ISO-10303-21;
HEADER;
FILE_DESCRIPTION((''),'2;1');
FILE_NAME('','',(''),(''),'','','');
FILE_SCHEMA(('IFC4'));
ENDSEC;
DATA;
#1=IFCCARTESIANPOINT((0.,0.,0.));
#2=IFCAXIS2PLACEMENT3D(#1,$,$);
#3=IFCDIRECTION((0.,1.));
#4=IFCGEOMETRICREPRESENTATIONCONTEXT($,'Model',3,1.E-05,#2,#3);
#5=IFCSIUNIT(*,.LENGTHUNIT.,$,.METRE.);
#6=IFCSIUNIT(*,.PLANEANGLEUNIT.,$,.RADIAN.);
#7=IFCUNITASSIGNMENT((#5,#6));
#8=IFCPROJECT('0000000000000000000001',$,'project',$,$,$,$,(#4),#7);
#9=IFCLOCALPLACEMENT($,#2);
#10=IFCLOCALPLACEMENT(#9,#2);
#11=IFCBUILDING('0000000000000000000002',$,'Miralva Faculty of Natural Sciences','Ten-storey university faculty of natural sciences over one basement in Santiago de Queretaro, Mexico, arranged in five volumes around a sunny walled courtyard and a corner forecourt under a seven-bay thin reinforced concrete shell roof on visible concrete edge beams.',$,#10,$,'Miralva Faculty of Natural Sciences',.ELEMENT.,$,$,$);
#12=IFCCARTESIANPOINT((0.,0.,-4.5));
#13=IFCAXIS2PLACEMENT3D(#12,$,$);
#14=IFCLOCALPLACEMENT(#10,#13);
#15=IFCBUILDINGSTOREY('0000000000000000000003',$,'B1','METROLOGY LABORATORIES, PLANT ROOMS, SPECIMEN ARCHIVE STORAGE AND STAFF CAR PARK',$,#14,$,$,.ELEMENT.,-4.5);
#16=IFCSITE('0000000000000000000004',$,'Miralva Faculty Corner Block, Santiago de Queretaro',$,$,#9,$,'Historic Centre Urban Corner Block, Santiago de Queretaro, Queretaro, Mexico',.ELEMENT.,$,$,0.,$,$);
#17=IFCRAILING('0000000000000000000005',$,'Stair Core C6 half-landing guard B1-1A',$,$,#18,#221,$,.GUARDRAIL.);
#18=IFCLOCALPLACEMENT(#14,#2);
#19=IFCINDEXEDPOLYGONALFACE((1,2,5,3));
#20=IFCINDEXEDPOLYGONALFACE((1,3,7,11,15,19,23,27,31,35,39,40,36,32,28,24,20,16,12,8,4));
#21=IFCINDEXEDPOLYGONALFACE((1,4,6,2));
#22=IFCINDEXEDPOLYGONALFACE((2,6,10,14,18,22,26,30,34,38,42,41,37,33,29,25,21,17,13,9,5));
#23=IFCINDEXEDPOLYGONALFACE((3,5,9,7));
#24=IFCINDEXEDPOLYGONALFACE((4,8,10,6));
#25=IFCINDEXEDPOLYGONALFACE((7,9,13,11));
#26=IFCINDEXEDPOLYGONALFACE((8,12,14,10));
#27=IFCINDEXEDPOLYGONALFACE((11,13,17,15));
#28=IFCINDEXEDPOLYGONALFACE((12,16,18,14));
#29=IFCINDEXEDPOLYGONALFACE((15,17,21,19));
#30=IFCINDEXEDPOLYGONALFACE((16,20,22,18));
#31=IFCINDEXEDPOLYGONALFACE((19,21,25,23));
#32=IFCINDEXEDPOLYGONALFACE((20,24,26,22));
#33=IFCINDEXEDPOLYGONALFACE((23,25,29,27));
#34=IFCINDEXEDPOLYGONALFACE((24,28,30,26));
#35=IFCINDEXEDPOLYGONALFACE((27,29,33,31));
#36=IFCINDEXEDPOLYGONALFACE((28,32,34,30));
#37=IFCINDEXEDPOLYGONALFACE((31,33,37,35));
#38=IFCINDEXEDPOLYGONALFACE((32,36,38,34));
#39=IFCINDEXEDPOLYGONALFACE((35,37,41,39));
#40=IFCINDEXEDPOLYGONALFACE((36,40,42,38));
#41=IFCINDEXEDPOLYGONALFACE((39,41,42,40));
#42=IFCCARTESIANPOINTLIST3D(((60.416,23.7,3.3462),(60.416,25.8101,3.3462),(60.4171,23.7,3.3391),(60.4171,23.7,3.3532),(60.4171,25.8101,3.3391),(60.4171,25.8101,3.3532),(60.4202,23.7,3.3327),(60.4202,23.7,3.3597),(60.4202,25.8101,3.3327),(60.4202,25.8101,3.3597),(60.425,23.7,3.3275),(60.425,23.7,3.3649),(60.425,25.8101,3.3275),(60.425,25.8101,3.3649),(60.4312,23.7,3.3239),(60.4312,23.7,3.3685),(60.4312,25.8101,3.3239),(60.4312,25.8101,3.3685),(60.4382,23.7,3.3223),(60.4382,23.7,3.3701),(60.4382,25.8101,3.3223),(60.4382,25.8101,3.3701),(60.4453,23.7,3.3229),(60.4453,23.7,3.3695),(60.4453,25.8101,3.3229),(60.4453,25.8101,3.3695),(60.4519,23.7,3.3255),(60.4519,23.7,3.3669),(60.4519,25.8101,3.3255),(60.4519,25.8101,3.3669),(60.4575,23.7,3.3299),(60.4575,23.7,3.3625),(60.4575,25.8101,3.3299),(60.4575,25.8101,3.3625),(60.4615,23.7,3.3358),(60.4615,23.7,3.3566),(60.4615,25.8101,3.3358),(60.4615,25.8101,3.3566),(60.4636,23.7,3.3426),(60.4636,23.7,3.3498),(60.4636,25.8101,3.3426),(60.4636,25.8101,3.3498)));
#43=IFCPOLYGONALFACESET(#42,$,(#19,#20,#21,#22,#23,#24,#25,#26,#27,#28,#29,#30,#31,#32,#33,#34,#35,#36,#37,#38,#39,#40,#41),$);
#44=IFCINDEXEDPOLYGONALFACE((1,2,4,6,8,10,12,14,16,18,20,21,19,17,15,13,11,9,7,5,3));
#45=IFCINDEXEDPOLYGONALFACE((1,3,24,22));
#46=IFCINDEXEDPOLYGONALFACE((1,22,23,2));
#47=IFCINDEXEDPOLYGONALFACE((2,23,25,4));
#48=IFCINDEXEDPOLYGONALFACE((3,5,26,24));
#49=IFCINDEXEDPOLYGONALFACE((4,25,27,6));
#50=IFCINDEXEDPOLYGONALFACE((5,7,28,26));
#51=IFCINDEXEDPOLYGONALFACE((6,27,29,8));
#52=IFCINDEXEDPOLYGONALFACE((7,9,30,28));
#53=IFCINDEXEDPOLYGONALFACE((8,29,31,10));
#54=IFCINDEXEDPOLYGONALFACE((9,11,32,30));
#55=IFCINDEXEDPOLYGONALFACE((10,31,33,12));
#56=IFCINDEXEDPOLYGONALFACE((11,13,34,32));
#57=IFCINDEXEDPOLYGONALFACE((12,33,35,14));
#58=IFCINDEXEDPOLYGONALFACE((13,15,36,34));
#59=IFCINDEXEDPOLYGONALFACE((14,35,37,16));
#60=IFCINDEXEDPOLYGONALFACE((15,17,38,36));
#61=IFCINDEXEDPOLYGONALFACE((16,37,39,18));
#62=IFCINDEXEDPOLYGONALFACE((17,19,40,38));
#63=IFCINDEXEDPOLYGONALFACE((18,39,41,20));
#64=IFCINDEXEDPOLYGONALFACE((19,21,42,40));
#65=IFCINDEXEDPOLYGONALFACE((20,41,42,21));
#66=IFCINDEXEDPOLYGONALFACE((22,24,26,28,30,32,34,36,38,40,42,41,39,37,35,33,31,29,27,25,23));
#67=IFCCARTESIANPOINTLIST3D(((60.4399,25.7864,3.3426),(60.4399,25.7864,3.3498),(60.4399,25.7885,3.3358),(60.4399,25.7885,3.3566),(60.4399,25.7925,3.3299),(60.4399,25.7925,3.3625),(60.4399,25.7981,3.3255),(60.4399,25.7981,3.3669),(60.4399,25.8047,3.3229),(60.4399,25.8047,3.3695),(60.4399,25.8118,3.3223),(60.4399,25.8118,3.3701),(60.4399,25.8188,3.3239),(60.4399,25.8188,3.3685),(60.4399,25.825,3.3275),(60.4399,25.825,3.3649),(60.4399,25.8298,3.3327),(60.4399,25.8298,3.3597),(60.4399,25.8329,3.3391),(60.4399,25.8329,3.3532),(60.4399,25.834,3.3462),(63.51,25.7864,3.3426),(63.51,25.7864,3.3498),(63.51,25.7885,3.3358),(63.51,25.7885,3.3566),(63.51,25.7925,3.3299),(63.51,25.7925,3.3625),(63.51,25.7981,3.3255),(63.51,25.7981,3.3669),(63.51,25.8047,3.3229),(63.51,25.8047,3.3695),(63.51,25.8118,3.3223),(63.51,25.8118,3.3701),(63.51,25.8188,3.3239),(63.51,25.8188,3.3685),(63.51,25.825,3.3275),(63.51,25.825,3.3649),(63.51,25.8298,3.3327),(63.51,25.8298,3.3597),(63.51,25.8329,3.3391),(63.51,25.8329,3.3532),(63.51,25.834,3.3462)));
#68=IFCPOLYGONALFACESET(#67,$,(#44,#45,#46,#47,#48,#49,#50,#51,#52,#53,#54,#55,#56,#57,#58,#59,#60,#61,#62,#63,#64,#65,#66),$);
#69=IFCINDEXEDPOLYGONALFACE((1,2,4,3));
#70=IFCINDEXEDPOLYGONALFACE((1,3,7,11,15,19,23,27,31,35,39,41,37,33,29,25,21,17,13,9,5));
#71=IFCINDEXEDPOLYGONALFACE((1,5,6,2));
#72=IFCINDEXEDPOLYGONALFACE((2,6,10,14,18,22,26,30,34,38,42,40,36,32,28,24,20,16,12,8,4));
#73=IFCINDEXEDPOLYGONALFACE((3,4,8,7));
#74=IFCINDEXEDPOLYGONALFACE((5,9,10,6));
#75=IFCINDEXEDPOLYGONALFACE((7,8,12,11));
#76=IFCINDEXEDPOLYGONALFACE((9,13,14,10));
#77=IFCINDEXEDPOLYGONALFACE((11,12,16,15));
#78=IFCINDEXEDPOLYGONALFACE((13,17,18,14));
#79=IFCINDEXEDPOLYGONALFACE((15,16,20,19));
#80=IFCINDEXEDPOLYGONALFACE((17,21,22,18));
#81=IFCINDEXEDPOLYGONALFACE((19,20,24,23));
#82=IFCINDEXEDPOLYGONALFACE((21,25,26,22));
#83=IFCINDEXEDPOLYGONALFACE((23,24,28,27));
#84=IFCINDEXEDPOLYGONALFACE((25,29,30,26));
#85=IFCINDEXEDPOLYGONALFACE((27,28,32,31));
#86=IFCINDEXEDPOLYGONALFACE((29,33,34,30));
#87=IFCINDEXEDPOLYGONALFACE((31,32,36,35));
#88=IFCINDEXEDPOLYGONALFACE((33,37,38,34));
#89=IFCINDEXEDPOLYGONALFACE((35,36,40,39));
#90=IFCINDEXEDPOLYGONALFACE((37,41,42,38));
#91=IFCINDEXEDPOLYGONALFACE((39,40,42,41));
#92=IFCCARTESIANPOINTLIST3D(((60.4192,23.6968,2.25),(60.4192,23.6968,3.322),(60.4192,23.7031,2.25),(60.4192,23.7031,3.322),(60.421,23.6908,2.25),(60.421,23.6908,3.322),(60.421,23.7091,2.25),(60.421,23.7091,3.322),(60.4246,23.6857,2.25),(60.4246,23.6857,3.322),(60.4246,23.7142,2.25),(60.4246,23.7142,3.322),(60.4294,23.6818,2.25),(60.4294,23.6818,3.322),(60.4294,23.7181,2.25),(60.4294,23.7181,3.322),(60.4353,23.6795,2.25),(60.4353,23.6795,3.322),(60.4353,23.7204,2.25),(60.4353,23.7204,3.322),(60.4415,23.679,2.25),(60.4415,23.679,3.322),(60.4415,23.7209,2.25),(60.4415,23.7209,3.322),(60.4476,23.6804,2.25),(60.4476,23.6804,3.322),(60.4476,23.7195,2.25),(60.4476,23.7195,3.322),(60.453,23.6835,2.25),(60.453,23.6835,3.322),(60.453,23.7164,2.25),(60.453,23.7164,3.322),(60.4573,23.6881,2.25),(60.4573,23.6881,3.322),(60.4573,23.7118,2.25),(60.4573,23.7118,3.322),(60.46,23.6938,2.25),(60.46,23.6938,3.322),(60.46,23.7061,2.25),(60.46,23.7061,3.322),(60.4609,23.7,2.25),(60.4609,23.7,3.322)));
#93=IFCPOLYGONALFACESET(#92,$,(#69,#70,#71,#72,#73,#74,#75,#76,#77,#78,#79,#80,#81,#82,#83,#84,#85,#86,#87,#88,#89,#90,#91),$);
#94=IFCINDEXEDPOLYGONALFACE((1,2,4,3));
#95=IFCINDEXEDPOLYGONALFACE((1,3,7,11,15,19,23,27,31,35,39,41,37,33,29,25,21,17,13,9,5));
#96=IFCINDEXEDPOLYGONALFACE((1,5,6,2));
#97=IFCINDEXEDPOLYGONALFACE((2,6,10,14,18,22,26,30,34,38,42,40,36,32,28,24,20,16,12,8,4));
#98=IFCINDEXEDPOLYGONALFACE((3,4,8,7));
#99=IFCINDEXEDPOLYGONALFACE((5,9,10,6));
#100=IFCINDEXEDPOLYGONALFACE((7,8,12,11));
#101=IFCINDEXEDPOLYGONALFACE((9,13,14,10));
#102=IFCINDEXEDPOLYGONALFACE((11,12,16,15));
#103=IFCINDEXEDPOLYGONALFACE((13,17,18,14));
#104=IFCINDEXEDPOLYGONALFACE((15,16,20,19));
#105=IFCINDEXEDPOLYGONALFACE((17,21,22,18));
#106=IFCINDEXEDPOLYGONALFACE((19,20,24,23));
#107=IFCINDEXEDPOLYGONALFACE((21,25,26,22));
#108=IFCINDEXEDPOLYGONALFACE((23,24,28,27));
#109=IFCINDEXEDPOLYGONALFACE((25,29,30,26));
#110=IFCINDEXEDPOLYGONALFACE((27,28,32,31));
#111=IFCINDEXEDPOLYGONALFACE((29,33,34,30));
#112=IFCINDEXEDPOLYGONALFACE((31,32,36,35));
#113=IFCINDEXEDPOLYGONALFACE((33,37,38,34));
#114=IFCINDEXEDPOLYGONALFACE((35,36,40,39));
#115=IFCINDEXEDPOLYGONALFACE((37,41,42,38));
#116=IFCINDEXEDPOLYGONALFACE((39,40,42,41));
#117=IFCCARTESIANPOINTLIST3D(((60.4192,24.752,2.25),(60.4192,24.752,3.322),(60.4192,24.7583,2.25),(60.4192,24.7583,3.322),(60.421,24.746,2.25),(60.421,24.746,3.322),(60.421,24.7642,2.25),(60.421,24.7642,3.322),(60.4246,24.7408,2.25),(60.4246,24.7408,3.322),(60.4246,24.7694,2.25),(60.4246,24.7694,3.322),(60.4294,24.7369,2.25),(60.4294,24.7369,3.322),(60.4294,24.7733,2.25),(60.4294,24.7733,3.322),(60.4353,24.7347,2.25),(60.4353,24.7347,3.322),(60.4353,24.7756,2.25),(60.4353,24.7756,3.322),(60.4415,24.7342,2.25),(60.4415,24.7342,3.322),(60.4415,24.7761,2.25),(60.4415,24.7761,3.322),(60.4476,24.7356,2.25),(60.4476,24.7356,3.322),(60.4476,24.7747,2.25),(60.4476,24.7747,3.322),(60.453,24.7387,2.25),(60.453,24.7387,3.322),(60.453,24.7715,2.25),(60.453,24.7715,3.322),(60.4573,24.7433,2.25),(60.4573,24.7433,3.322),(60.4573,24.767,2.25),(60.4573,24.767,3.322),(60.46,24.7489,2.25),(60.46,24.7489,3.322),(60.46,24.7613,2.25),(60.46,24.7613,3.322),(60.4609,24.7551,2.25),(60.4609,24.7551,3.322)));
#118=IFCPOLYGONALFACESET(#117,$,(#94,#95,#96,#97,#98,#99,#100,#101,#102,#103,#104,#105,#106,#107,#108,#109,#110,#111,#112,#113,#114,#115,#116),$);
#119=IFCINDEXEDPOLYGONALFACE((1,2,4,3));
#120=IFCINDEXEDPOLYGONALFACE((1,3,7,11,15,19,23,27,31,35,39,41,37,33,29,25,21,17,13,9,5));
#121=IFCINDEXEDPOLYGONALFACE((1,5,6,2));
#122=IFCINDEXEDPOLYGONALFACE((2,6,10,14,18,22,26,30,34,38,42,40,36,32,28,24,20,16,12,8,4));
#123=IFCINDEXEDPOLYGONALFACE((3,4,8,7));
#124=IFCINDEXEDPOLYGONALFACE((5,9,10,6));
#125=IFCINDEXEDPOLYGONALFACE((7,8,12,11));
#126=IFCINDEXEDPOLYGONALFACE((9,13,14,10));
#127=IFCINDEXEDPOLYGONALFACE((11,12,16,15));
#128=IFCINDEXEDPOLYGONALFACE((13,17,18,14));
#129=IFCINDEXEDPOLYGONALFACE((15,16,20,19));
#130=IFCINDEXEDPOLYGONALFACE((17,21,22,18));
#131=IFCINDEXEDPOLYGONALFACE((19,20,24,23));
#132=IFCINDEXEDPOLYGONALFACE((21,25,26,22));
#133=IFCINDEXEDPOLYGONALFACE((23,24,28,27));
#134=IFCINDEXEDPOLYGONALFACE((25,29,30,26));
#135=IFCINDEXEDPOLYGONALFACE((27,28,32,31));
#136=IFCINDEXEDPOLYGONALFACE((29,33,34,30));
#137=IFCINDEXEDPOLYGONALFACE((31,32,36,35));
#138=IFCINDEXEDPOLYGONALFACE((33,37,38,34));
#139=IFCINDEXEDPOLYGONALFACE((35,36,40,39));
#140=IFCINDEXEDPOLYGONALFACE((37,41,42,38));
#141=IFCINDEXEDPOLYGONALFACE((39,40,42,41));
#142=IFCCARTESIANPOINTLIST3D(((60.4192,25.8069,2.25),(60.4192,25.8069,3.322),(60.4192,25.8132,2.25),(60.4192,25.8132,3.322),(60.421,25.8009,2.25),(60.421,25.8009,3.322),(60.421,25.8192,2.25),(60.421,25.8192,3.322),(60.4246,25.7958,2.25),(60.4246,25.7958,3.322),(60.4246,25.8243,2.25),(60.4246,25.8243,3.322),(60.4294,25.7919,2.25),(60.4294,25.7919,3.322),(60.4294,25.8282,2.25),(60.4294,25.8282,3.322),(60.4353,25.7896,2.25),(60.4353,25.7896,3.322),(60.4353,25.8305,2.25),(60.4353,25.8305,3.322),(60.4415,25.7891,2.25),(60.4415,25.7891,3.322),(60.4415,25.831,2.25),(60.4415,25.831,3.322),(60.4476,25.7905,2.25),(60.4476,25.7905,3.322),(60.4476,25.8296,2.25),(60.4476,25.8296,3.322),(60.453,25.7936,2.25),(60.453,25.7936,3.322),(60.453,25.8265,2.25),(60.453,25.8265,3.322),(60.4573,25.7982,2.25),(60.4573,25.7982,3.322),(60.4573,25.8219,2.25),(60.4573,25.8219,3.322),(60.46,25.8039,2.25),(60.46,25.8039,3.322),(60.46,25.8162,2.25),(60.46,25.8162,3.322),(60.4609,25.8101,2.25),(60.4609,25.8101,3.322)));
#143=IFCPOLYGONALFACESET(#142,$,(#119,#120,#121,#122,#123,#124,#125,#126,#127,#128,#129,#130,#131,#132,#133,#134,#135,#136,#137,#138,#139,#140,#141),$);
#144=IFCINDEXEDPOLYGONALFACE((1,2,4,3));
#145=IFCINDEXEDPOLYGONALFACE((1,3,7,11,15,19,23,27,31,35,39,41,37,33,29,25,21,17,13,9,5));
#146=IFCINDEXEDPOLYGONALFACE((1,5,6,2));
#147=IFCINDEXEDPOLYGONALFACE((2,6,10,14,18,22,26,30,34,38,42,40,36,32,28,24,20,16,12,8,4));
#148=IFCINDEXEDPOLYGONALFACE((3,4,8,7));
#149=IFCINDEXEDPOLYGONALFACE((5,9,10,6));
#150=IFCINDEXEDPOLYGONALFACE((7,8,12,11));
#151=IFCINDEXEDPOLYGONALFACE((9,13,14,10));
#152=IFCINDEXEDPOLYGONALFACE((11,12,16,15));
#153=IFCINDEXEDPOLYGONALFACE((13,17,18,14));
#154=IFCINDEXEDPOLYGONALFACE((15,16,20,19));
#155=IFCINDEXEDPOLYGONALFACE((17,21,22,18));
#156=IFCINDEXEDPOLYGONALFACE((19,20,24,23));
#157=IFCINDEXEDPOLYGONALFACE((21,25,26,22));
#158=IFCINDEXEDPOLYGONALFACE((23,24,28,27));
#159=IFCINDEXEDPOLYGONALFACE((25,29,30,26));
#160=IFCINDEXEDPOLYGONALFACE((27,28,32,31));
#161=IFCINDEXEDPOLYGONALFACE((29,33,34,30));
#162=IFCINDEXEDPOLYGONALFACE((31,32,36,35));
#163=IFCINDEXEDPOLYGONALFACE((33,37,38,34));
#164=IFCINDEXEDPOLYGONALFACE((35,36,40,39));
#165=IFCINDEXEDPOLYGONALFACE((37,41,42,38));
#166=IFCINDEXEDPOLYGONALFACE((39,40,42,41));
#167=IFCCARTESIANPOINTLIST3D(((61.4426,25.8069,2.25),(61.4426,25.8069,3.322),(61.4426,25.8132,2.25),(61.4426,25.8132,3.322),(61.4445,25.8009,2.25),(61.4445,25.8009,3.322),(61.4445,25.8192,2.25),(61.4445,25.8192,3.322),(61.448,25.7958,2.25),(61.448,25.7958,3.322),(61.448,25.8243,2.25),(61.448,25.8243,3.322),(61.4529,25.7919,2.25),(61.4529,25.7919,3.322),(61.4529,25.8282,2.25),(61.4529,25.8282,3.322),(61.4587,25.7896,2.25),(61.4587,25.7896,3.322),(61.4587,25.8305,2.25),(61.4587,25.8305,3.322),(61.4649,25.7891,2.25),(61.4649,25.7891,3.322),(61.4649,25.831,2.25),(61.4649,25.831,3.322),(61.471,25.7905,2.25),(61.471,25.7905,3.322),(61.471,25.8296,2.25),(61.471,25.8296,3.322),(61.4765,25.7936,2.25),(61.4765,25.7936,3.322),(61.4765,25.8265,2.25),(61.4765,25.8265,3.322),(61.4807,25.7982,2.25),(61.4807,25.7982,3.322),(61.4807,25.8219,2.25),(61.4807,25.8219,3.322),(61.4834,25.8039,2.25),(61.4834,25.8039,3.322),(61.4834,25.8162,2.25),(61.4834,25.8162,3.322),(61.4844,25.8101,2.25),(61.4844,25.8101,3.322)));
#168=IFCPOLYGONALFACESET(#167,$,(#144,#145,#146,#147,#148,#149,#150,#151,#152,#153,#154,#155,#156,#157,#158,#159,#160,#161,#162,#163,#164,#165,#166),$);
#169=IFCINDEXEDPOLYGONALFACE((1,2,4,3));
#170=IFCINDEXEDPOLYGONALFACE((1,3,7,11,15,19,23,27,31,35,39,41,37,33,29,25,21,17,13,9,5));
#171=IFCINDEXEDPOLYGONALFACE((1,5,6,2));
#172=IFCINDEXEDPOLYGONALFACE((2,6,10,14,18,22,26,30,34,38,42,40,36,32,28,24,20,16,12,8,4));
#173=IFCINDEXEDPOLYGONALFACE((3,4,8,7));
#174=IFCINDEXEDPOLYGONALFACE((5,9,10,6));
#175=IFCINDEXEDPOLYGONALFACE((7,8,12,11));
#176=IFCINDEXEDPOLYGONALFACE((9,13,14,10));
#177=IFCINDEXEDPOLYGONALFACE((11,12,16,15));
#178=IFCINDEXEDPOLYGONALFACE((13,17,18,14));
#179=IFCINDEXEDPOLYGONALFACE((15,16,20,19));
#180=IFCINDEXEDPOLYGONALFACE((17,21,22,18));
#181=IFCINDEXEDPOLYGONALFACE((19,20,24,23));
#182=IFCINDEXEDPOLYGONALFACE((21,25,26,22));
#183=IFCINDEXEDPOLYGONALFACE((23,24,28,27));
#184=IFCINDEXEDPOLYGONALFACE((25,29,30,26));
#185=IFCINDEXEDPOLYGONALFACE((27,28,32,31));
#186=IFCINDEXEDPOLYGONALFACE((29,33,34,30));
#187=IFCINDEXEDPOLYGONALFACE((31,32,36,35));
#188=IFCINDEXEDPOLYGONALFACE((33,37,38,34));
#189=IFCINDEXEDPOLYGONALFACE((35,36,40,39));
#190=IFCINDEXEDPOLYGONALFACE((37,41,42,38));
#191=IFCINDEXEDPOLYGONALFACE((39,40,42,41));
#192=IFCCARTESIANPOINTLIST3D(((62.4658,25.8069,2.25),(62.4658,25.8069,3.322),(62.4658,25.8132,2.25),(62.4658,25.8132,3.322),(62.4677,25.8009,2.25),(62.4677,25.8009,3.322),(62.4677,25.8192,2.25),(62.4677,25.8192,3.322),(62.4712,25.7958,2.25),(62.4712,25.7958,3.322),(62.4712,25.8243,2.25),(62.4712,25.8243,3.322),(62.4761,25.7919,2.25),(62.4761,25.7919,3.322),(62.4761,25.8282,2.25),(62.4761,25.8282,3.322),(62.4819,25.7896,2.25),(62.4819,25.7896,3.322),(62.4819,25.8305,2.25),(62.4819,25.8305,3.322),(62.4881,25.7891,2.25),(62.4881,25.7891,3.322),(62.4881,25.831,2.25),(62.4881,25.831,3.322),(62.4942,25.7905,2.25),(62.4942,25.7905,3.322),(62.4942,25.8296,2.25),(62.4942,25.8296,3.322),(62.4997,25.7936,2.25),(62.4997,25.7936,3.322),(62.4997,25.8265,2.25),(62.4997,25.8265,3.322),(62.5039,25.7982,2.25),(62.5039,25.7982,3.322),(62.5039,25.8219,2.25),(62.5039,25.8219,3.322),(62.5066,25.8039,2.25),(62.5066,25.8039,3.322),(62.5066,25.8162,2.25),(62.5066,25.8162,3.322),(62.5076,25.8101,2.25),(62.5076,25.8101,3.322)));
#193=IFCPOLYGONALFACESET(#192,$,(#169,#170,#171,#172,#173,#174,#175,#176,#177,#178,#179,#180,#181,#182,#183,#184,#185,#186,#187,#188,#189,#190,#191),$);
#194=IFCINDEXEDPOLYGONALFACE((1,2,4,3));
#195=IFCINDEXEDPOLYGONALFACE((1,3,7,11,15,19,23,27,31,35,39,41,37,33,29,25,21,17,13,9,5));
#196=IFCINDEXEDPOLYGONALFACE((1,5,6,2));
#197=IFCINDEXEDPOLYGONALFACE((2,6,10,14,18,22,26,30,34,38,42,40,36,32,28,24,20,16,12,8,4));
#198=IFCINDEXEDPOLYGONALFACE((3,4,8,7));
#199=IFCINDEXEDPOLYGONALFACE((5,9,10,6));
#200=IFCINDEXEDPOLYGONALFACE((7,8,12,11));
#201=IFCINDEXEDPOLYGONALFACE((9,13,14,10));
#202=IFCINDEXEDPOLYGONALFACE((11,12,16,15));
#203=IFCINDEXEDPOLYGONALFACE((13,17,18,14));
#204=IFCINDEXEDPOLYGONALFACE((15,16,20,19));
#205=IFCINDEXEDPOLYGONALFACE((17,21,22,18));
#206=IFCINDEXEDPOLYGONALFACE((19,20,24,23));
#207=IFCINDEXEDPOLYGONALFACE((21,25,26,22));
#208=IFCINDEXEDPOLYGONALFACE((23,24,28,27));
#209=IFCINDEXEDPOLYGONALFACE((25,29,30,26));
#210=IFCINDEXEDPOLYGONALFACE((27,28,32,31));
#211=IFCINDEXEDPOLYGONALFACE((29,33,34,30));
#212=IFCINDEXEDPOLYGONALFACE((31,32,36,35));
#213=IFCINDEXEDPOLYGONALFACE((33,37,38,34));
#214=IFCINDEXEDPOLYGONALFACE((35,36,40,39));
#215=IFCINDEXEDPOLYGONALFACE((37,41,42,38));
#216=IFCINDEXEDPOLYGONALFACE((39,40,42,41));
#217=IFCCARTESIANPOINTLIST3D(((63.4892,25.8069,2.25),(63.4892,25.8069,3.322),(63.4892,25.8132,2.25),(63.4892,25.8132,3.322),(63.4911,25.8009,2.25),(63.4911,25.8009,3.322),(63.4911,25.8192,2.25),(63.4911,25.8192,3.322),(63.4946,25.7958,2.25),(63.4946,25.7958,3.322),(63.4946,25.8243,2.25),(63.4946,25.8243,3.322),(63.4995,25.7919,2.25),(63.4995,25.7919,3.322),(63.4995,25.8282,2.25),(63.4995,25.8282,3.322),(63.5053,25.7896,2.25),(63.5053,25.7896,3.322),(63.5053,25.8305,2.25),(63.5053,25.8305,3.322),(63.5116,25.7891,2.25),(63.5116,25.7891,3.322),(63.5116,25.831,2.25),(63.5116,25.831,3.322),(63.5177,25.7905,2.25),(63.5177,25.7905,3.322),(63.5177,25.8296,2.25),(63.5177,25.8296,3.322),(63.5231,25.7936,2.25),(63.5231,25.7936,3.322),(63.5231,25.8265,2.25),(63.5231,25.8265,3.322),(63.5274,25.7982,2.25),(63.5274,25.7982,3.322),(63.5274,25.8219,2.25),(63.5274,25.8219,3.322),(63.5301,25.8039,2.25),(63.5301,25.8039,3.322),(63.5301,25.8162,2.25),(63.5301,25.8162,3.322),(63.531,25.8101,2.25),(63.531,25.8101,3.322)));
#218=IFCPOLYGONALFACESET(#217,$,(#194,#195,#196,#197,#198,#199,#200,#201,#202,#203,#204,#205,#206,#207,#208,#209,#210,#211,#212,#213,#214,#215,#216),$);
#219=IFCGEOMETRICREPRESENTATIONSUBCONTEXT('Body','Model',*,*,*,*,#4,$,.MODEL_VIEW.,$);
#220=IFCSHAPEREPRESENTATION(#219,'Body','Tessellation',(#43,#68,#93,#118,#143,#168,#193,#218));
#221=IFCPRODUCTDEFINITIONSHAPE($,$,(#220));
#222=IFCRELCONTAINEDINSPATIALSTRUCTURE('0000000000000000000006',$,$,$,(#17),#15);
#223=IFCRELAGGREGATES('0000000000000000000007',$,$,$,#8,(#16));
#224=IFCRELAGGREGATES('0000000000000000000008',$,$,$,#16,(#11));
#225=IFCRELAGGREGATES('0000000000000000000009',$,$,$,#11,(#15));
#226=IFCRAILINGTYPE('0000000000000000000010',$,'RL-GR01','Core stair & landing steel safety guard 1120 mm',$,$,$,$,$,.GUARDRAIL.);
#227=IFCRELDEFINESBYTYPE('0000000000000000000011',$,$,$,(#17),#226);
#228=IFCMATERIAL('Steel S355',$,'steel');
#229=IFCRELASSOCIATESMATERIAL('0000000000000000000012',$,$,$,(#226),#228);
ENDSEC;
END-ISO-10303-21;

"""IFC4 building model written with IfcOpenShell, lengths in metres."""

from ifc_helpers import new_model, si_unit, direction, frame, origin, origin_2d, place, context, subcontext, project, spatial, circle, extrude, material, type_object, element, save


model = new_model("IFC4")

# Units and contexts
model_context = context("Model", 3, precision=1e-05, world=origin(), true_north=direction((0.0, 1.0)))
body_context = subcontext(model_context, "Body", "Model", "MODEL_VIEW")
ifc_project = project(units=[si_unit("LENGTHUNIT", "METRE"), si_unit("PLANEANGLEUNIT", "RADIAN")], contexts=[model_context])

# Site, building, storey
site_placement = place(None, origin())
site = spatial("IfcSite", under=ifc_project, at=site_placement, Name="Miralva Faculty Corner Block, Santiago de Queretaro", LongName="Historic Centre Urban Corner Block, Santiago de Queretaro, Queretaro, Mexico", CompositionType="ELEMENT", RefElevation=0.0)
building_placement = place(site_placement, origin())
building = spatial("IfcBuilding", under=site, at=building_placement, Name="Miralva Faculty of Natural Sciences", Description="Ten-storey university faculty of natural sciences over one basement in Santiago de Queretaro, Mexico, arranged in five volumes around a sunny walled courtyard and a corner forecourt under a seven-bay thin reinforced concrete shell roof on visible concrete edge beams.", LongName="Miralva Faculty of Natural Sciences", CompositionType="ELEMENT")
storey_placement = place(building_placement, frame((0.0, 0.0, -4.5)))
storey = spatial("IfcBuildingStorey", under=building, at=storey_placement, Name="B1", Description="METROLOGY LABORATORIES, PLANT ROOMS, SPECIMEN ARCHIVE STORAGE AND STAFF CAR PARK", CompositionType="ELEMENT", Elevation=-4.5)

# Railing
ifc_material_1 = material(Name="Steel S355", Category="steel")
railing_type_1 = type_object("IfcRailingType", Name="RL-GR01", Description="Core stair & landing steel safety guard 1120 mm", PredefinedType="GUARDRAIL", material=ifc_material_1)
railing_1_placement = place(storey_placement, frame((60.4399, 23.7, 2.25)))
element("IfcRailing", 1, at=railing_1_placement, inside=storey, type_object=railing_type_1, Name="Stair Core C6 half-landing guard B1-1A", PredefinedType="GUARDRAIL", context=body_context, shape_type="SweptSolid", body=[
    extrude(circle(Radius=0.0239, at=origin_2d()), frame((0.0, 0.0, 1.0962), z_axis=(0.0, 1.0, 0.0), x_axis=(-1.0, 0.0, 0.0)), (0.0, 0.0, 1.0), 2.1101),
    extrude(circle(Radius=0.0239, at=origin_2d()), frame((0.0, 2.1101, 1.0962), z_axis=(1.0, 0.0, 0.0), x_axis=(0.0, 1.0, 0.0)), (0.0, 0.0, 1.0), 3.0701),
    extrude(circle(Radius=0.021, at=origin_2d()), origin(), (0.0, 0.0, 1.0), 1.072),
    extrude(circle(Radius=0.021, at=origin_2d()), frame((0.0, 1.0552, 0.0)), (0.0, 0.0, 1.0), 1.072),
    extrude(circle(Radius=0.021, at=origin_2d()), frame((0.0, 2.1101, 0.0)), (0.0, 0.0, 1.0), 1.072),
    extrude(circle(Radius=0.021, at=origin_2d()), frame((1.0234, 2.1101, 0.0)), (0.0, 0.0, 1.0), 1.072),
    extrude(circle(Radius=0.021, at=origin_2d()), frame((2.0466, 2.1101, 0.0)), (0.0, 0.0, 1.0), 1.072),
    extrude(circle(Radius=0.021, at=origin_2d()), frame((3.0701, 2.1101, 0.0)), (0.0, 0.0, 1.0), 1.072),
])

save(model, "model.ifc")
